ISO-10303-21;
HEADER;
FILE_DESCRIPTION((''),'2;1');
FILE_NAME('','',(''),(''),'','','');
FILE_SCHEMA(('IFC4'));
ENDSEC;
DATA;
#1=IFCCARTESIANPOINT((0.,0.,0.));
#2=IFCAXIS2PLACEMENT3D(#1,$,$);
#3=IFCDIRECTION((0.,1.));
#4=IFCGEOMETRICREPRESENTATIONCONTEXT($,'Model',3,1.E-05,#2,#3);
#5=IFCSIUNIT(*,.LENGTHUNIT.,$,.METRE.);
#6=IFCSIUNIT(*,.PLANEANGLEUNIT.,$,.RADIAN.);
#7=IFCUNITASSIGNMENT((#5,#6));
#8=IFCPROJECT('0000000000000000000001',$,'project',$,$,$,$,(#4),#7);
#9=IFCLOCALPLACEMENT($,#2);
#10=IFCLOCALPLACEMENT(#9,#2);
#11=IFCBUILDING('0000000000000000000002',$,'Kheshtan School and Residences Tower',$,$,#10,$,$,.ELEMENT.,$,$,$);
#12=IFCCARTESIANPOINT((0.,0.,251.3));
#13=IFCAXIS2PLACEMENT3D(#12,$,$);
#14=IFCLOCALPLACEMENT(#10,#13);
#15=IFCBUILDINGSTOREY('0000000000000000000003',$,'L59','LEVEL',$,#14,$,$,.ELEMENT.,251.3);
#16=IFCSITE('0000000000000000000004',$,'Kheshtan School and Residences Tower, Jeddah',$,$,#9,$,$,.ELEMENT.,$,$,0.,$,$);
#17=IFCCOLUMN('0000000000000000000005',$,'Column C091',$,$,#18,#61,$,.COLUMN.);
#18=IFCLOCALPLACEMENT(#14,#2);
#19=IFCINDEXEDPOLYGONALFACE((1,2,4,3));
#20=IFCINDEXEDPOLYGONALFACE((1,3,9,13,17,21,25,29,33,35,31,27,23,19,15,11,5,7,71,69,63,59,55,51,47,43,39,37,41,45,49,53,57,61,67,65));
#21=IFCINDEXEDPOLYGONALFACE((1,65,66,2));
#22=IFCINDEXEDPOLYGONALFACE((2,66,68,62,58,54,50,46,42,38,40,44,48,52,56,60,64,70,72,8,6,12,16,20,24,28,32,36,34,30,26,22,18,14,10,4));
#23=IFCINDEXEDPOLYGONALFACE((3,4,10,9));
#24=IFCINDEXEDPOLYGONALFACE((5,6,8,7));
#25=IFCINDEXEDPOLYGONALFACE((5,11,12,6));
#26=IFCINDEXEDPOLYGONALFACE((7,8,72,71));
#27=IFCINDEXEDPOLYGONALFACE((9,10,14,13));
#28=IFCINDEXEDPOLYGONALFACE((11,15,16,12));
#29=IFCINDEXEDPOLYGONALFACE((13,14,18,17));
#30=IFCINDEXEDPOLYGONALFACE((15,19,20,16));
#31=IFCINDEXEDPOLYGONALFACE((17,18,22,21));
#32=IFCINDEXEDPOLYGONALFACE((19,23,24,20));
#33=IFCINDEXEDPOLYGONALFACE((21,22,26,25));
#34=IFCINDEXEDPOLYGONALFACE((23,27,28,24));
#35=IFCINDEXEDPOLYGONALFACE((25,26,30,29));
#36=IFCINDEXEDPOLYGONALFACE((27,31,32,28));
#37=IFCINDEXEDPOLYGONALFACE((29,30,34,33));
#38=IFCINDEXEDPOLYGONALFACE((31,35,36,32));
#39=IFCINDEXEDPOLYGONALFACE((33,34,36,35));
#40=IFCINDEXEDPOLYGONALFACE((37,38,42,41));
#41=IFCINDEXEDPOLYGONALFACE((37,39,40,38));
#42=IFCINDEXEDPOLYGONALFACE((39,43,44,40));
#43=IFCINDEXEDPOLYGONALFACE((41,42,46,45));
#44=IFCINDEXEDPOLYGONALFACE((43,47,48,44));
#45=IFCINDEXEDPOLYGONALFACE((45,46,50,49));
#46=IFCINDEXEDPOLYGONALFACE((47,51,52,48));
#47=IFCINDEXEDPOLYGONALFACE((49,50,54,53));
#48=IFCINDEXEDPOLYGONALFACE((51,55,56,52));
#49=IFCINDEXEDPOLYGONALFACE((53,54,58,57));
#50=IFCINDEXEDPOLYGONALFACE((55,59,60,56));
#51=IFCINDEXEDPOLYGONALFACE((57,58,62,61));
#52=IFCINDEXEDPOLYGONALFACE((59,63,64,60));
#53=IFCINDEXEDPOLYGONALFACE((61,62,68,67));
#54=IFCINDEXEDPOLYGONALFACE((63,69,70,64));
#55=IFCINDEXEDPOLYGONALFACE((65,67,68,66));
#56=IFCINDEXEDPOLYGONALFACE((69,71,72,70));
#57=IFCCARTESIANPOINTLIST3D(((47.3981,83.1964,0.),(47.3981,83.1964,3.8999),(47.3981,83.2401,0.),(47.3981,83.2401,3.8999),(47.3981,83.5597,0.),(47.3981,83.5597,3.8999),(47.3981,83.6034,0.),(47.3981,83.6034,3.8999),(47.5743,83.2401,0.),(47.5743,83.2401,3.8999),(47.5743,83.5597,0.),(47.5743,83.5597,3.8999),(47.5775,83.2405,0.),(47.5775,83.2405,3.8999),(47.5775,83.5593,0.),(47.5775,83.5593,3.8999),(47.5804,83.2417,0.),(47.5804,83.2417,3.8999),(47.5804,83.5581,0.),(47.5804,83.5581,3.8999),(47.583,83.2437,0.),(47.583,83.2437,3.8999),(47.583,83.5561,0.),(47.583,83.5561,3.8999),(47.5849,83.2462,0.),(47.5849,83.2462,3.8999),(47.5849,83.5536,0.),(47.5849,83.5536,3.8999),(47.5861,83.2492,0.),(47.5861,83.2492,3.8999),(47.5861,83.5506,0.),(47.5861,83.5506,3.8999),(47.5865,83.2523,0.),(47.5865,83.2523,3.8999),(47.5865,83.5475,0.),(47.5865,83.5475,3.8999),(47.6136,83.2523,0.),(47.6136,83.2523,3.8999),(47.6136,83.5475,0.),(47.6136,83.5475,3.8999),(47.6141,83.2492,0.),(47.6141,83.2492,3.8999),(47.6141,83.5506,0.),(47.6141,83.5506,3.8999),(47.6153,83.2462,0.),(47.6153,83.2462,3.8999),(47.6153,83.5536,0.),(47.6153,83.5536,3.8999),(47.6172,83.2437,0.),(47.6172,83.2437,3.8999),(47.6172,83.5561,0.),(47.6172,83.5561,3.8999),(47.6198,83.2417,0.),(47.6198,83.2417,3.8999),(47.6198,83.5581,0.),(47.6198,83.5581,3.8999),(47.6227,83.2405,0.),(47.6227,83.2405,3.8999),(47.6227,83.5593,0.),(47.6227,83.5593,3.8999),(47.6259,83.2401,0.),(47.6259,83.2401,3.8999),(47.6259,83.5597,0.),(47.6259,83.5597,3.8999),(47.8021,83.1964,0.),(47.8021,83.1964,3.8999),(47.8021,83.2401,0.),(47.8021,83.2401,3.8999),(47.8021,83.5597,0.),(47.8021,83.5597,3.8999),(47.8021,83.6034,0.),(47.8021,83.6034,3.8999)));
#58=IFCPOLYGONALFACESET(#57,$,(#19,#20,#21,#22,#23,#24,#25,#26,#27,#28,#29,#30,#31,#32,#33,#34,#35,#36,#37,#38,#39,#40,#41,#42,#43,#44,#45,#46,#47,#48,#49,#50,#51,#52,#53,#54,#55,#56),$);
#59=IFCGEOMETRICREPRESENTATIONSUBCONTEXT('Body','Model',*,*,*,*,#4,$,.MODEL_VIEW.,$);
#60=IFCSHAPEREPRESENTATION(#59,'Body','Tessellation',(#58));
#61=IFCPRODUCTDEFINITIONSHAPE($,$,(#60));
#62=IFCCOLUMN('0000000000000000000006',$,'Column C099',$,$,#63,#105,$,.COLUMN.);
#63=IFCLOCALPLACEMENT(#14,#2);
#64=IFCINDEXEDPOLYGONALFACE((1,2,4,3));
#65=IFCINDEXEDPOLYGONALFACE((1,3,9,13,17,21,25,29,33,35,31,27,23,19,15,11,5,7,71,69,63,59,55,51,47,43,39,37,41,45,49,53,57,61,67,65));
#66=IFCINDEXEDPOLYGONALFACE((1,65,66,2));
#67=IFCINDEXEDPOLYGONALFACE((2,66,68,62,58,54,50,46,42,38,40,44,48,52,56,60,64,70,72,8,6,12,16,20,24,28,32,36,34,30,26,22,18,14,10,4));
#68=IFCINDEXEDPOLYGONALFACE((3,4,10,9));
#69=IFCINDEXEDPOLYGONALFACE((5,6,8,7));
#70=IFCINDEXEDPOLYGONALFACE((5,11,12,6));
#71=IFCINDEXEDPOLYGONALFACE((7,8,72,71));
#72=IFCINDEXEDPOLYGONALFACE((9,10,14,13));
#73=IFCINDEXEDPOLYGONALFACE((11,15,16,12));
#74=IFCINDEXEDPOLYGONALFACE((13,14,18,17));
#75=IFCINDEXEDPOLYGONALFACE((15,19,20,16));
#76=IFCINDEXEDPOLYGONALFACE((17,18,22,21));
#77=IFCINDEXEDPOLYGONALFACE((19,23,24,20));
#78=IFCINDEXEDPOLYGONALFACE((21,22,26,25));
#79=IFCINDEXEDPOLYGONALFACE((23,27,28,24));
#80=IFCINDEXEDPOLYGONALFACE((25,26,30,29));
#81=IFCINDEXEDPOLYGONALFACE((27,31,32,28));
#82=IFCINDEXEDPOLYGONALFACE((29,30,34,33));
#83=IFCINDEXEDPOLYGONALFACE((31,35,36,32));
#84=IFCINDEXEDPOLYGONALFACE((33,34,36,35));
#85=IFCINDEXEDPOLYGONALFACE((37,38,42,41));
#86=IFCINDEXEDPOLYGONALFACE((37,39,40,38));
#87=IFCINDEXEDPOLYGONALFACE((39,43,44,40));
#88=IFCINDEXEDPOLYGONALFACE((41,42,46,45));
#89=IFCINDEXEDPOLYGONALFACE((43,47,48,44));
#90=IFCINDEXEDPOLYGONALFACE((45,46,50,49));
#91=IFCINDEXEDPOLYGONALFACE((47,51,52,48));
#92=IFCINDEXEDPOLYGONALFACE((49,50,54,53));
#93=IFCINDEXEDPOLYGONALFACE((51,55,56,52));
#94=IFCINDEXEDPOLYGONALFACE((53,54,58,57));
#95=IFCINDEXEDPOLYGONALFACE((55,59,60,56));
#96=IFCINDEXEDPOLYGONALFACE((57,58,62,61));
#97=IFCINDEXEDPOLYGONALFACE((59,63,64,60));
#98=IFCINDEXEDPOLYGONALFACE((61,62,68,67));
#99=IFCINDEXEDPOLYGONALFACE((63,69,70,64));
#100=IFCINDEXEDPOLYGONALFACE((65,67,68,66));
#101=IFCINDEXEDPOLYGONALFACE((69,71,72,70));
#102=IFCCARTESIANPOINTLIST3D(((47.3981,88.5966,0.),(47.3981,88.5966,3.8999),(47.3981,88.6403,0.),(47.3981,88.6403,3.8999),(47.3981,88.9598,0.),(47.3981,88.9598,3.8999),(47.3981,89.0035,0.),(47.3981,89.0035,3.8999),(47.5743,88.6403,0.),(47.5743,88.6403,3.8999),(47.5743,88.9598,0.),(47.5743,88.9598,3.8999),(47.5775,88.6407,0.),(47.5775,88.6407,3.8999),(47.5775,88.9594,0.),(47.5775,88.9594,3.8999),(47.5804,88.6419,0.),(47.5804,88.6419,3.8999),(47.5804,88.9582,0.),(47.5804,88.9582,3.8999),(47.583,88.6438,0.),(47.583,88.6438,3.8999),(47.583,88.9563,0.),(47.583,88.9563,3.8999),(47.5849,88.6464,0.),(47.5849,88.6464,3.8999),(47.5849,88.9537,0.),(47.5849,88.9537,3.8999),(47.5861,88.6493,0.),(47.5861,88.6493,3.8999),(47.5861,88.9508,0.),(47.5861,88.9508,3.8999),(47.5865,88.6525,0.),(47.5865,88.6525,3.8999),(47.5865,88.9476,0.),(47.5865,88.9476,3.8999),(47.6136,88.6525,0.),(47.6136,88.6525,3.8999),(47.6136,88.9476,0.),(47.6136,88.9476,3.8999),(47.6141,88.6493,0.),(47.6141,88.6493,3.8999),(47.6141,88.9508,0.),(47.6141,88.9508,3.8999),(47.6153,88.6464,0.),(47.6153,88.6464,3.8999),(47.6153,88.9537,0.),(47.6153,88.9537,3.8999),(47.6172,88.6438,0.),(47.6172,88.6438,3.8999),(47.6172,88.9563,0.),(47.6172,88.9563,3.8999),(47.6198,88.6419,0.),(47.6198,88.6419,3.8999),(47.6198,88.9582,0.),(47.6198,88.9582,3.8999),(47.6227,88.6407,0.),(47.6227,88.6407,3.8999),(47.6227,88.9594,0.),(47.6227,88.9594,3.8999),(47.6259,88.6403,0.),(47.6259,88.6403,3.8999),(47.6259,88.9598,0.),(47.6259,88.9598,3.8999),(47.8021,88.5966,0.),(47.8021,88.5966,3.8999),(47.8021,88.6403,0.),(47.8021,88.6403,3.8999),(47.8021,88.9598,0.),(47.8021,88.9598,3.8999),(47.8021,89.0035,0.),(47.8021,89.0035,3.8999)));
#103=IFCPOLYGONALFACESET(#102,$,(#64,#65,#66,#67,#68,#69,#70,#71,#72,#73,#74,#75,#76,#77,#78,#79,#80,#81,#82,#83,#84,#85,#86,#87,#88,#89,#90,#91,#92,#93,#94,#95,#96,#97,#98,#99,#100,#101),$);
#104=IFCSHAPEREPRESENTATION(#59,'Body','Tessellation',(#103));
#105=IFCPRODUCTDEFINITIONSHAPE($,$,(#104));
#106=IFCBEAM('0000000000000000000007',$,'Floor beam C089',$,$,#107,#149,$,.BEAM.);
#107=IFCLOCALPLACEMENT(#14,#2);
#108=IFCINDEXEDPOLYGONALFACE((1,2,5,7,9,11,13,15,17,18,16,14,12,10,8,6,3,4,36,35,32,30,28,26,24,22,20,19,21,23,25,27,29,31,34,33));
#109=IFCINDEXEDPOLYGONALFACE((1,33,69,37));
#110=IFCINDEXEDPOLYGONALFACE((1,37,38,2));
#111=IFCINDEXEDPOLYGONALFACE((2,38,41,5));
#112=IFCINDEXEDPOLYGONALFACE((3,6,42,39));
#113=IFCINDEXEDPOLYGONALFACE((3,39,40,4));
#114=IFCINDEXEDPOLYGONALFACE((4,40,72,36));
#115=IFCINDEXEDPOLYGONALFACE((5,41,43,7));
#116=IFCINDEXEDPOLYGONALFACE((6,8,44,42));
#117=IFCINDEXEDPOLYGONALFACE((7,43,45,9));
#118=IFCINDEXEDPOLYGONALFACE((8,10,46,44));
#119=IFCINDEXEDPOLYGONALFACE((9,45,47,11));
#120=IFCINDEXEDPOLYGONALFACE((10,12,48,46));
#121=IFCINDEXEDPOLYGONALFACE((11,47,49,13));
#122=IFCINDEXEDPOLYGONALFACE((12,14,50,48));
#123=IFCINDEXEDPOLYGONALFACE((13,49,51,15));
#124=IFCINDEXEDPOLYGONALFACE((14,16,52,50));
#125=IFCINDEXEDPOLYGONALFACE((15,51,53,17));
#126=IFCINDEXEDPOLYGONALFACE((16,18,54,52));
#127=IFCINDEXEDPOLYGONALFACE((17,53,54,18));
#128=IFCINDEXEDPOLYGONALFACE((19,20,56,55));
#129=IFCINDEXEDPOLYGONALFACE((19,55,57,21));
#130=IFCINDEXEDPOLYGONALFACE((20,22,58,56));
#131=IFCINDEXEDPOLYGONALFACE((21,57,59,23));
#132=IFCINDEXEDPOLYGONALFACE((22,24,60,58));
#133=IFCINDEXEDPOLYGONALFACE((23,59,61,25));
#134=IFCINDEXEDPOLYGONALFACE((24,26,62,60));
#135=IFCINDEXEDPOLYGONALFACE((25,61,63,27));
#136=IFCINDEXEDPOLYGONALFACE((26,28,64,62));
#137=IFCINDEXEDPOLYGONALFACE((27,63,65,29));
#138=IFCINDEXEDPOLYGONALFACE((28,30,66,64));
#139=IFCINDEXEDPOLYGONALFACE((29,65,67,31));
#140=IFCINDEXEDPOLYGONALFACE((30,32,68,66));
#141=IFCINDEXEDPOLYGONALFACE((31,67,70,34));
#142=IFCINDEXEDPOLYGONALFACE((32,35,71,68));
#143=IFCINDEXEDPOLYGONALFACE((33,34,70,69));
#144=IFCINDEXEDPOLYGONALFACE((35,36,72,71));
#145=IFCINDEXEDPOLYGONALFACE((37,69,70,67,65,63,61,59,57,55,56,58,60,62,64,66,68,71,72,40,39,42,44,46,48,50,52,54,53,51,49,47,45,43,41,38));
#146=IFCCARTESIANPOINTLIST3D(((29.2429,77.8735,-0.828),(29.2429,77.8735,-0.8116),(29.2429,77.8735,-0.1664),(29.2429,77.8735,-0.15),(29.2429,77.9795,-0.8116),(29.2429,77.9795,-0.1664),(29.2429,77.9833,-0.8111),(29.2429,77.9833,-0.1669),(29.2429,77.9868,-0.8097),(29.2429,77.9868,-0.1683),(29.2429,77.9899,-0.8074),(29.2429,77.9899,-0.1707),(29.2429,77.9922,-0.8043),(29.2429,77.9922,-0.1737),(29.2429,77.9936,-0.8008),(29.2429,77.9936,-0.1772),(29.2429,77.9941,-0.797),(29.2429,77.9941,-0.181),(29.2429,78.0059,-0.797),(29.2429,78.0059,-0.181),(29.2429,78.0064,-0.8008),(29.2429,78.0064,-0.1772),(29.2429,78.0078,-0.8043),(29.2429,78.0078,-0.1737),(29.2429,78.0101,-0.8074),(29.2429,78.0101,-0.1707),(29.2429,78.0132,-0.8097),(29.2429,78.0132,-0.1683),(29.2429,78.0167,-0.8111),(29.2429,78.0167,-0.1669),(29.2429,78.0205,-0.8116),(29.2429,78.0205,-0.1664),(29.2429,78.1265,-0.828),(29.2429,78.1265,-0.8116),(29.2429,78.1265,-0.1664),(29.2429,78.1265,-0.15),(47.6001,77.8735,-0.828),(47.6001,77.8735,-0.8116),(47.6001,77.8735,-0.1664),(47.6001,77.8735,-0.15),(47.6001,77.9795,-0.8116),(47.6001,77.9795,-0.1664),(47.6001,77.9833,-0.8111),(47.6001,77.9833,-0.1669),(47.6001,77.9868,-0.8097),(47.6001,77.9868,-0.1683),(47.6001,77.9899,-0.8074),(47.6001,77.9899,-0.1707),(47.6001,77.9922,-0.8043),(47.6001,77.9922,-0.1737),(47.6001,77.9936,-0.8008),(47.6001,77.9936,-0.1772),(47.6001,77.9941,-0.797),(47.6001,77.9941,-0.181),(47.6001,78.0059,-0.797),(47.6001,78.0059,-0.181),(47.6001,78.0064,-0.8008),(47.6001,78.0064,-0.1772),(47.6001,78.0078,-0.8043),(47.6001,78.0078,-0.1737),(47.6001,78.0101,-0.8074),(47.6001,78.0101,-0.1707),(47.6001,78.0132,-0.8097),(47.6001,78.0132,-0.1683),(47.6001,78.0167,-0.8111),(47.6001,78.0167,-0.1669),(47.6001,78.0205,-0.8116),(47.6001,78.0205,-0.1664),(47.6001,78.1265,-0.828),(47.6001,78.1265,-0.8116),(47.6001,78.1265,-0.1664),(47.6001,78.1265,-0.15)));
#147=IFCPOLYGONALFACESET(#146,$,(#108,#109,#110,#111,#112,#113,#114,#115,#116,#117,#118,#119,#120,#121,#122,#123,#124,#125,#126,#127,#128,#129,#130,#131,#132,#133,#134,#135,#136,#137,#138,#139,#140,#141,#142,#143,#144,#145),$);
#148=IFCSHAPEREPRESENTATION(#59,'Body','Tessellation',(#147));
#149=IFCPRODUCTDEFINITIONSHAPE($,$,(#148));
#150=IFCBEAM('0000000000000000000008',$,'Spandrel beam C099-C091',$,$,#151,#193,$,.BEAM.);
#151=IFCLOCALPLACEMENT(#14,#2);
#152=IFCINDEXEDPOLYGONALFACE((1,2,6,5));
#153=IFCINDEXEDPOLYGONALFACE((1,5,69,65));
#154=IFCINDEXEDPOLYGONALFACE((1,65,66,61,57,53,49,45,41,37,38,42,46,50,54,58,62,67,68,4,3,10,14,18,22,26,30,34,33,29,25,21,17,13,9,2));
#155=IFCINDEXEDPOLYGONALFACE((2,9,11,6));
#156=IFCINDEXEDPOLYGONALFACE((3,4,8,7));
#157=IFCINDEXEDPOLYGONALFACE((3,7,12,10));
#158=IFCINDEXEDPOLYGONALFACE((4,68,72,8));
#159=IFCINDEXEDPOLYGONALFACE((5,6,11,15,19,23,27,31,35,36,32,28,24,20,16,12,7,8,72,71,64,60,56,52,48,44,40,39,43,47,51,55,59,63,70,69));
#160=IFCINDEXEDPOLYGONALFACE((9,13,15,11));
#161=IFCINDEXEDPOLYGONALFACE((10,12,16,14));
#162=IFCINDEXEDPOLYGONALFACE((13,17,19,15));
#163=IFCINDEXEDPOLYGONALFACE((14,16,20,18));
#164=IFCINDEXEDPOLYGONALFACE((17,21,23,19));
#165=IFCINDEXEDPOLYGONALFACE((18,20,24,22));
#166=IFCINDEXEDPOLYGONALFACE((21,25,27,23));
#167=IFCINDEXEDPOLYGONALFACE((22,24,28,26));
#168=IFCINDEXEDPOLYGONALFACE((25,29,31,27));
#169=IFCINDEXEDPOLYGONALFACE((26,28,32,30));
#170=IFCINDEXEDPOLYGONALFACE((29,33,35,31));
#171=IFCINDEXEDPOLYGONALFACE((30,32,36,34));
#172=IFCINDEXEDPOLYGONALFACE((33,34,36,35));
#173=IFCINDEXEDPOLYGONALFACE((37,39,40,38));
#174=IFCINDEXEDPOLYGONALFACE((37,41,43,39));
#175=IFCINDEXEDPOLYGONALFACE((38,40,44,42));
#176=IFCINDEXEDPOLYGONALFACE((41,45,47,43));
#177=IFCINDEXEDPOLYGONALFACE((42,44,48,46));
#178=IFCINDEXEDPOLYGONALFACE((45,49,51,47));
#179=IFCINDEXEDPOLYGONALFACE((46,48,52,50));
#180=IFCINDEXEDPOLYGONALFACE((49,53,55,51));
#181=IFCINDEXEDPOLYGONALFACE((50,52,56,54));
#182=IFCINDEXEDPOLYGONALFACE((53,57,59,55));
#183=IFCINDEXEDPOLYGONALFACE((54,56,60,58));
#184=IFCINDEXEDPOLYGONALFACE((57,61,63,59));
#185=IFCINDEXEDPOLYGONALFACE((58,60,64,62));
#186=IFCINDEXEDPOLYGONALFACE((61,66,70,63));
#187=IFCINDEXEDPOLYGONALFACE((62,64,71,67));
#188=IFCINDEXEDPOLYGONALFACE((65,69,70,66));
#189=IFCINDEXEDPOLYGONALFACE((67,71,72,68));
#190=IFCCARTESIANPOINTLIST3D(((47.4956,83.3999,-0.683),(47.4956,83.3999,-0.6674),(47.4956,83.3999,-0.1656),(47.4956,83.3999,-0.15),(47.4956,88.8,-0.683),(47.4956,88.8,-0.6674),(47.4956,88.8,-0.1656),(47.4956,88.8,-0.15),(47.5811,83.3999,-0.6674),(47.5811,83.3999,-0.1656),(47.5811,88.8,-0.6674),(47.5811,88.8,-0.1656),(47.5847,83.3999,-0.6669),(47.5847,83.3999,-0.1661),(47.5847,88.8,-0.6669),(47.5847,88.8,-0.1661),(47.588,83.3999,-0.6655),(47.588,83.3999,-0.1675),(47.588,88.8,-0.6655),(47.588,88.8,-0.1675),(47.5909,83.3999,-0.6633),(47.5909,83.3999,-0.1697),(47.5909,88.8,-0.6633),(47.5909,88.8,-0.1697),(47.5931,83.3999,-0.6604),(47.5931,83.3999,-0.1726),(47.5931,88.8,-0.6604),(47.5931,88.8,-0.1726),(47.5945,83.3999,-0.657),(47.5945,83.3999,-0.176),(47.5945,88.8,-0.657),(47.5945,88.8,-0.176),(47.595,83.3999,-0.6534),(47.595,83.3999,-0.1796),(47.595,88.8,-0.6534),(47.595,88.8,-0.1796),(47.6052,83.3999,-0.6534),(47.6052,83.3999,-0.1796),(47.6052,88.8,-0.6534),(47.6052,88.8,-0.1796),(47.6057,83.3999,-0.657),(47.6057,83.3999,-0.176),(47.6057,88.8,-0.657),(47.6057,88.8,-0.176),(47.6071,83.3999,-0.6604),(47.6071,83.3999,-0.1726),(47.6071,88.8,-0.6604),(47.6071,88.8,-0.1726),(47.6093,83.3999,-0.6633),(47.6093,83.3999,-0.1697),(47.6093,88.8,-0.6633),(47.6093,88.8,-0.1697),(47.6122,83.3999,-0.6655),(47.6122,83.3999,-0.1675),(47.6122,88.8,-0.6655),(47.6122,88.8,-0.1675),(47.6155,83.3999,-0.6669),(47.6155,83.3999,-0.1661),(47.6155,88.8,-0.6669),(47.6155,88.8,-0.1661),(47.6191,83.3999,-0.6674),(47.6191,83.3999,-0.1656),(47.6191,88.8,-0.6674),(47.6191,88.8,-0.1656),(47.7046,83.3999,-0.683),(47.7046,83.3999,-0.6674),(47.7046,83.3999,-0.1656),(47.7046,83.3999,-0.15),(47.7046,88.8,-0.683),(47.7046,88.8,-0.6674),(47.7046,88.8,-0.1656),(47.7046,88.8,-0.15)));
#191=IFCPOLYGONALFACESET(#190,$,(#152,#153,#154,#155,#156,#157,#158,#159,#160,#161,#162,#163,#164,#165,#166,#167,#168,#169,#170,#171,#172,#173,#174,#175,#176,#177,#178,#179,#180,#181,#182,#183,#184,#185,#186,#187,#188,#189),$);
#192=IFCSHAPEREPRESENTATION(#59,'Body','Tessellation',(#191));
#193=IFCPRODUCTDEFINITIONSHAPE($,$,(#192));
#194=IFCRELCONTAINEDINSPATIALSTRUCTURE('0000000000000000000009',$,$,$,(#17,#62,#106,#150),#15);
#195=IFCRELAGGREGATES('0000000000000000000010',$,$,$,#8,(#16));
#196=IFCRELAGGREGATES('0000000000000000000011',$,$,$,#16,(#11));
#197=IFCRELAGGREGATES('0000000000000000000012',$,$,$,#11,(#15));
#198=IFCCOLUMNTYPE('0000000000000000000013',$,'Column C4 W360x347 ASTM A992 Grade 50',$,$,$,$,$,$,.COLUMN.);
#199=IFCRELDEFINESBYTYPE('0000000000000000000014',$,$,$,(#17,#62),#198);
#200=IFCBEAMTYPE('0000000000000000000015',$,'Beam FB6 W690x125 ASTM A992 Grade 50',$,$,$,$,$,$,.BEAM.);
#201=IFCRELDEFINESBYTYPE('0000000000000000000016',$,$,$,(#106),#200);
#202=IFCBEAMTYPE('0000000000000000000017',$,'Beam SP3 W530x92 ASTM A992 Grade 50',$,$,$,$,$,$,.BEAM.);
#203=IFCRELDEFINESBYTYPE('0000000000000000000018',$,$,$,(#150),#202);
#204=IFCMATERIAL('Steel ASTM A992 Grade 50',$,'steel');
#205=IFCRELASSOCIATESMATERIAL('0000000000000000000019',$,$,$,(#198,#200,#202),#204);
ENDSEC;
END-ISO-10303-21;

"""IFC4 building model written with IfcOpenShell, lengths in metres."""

from ifc_helpers import new_model, si_unit, direction, frame, origin, origin_2d, place, context, subcontext, project, spatial, i_section, extrude, material, material_profile, profile_set, type_object, element, save


model = new_model("IFC4")

# Units and contexts
model_context = context("Model", 3, precision=1e-05, world=origin(), true_north=direction((0.0, 1.0)))
body_context = subcontext(model_context, "Body", "Model", "MODEL_VIEW")
ifc_project = project(units=[si_unit("LENGTHUNIT", "METRE"), si_unit("PLANEANGLEUNIT", "RADIAN")], contexts=[model_context])

# Site, building, storey
site_placement = place(None, origin())
site = spatial("IfcSite", under=ifc_project, at=site_placement, Name="Kheshtan School and Residences Tower, Jeddah", CompositionType="ELEMENT", RefElevation=0.0)
building_placement = place(site_placement, origin())
building = spatial("IfcBuilding", under=site, at=building_placement, Name="Kheshtan School and Residences Tower", CompositionType="ELEMENT")
storey_placement = place(building_placement, frame((0.0, 0.0, 251.3)))
storey = spatial("IfcBuildingStorey", under=building, at=storey_placement, Name="L59", Description="LEVEL", CompositionType="ELEMENT", Elevation=251.3)

# Columns
ifc_material_1 = material(Name="Steel ASTM A992 Grade 50", Category="steel")
ifc_material_profile_1 = material_profile(ifc_material_1, i_section(OverallWidth=0.4041, OverallDepth=0.407, WebThickness=0.0271, FlangeThickness=0.0437, FilletRadius=0.0122, at=origin_2d()), Name="W360x347")
ifc_profile_set_1 = profile_set([ifc_material_profile_1], Name="Steel ASTM A992 Grade 50")
column_type = type_object("IfcColumnType", Name="Column C4 W360x347 ASTM A992 Grade 50", PredefinedType="COLUMN", material=ifc_profile_set_1)
for number, where, z_axis, x_axis, name in (
    (1, (47.6001, 83.3999, 0.0), (0.0, 0.0, 1.0), (1.0, 0.0, 0.0), "Column C091"),
    (2, (47.6001, 88.8, 0.0), (0.0, 0.0, 1.0), (1.0, 0.0, 0.0), "Column C099"),
):
    element("IfcColumn", number, at=place(storey_placement, frame(where, z_axis=z_axis, x_axis=x_axis)), inside=storey, type_object=column_type, Name=name, PredefinedType="COLUMN", context=body_context, shape_type="SweptSolid", body=[
        extrude(i_section(OverallWidth=0.4041, OverallDepth=0.407, WebThickness=0.0271, FlangeThickness=0.0437, FilletRadius=0.0122, at=origin_2d()), origin(), (0.0, 0.0, 1.0), 3.8999),
    ])

# Beams
ifc_material_profile_2 = material_profile(ifc_material_1, i_section(OverallWidth=0.2529, OverallDepth=0.678, WebThickness=0.0117, FlangeThickness=0.0164, FilletRadius=0.0146, at=origin_2d()), Name="W690x125")
ifc_profile_set_2 = profile_set([ifc_material_profile_2], Name="Steel ASTM A992 Grade 50")
beam_type_1 = type_object("IfcBeamType", Name="Beam FB6 W690x125 ASTM A992 Grade 50", PredefinedType="BEAM", material=ifc_profile_set_2)
beam_1_placement = place(storey_placement, frame((47.6001, 78.0, -0.489), z_axis=(-1.0, 0.0, 0.0), x_axis=(0.0, -1.0, 0.0)))
element("IfcBeam", 3, at=beam_1_placement, inside=storey, type_object=beam_type_1, Name="Floor beam C089", PredefinedType="BEAM", context=body_context, shape_type="SweptSolid", body=[
    extrude(i_section(OverallWidth=0.2529, OverallDepth=0.678, WebThickness=0.0117, FlangeThickness=0.0164, FilletRadius=0.0146, at=origin_2d()), origin(), (0.0, 0.0, 1.0), 18.3572),
])
ifc_material_profile_3 = material_profile(ifc_material_1, i_section(OverallWidth=0.209, OverallDepth=0.533, WebThickness=0.0103, FlangeThickness=0.0156, FilletRadius=0.0139, at=origin_2d()), Name="W530x92")
ifc_profile_set_3 = profile_set([ifc_material_profile_3], Name="Steel ASTM A992 Grade 50")
beam_type_2 = type_object("IfcBeamType", Name="Beam SP3 W530x92 ASTM A992 Grade 50", PredefinedType="BEAM", material=ifc_profile_set_3)
beam_2_placement = place(storey_placement, frame((47.6001, 88.8, -0.4165), z_axis=(0.0, -1.0, 0.0), x_axis=(1.0, 0.0, 0.0)))
element("IfcBeam", 4, at=beam_2_placement, inside=storey, type_object=beam_type_2, Name="Spandrel beam C099-C091", PredefinedType="BEAM", context=body_context, shape_type="SweptSolid", body=[
    extrude(i_section(OverallWidth=0.209, OverallDepth=0.533, WebThickness=0.0103, FlangeThickness=0.0156, FilletRadius=0.0139, at=origin_2d()), origin(), (0.0, 0.0, 1.0), 5.4001),
])

save(model, "model.ifc")
